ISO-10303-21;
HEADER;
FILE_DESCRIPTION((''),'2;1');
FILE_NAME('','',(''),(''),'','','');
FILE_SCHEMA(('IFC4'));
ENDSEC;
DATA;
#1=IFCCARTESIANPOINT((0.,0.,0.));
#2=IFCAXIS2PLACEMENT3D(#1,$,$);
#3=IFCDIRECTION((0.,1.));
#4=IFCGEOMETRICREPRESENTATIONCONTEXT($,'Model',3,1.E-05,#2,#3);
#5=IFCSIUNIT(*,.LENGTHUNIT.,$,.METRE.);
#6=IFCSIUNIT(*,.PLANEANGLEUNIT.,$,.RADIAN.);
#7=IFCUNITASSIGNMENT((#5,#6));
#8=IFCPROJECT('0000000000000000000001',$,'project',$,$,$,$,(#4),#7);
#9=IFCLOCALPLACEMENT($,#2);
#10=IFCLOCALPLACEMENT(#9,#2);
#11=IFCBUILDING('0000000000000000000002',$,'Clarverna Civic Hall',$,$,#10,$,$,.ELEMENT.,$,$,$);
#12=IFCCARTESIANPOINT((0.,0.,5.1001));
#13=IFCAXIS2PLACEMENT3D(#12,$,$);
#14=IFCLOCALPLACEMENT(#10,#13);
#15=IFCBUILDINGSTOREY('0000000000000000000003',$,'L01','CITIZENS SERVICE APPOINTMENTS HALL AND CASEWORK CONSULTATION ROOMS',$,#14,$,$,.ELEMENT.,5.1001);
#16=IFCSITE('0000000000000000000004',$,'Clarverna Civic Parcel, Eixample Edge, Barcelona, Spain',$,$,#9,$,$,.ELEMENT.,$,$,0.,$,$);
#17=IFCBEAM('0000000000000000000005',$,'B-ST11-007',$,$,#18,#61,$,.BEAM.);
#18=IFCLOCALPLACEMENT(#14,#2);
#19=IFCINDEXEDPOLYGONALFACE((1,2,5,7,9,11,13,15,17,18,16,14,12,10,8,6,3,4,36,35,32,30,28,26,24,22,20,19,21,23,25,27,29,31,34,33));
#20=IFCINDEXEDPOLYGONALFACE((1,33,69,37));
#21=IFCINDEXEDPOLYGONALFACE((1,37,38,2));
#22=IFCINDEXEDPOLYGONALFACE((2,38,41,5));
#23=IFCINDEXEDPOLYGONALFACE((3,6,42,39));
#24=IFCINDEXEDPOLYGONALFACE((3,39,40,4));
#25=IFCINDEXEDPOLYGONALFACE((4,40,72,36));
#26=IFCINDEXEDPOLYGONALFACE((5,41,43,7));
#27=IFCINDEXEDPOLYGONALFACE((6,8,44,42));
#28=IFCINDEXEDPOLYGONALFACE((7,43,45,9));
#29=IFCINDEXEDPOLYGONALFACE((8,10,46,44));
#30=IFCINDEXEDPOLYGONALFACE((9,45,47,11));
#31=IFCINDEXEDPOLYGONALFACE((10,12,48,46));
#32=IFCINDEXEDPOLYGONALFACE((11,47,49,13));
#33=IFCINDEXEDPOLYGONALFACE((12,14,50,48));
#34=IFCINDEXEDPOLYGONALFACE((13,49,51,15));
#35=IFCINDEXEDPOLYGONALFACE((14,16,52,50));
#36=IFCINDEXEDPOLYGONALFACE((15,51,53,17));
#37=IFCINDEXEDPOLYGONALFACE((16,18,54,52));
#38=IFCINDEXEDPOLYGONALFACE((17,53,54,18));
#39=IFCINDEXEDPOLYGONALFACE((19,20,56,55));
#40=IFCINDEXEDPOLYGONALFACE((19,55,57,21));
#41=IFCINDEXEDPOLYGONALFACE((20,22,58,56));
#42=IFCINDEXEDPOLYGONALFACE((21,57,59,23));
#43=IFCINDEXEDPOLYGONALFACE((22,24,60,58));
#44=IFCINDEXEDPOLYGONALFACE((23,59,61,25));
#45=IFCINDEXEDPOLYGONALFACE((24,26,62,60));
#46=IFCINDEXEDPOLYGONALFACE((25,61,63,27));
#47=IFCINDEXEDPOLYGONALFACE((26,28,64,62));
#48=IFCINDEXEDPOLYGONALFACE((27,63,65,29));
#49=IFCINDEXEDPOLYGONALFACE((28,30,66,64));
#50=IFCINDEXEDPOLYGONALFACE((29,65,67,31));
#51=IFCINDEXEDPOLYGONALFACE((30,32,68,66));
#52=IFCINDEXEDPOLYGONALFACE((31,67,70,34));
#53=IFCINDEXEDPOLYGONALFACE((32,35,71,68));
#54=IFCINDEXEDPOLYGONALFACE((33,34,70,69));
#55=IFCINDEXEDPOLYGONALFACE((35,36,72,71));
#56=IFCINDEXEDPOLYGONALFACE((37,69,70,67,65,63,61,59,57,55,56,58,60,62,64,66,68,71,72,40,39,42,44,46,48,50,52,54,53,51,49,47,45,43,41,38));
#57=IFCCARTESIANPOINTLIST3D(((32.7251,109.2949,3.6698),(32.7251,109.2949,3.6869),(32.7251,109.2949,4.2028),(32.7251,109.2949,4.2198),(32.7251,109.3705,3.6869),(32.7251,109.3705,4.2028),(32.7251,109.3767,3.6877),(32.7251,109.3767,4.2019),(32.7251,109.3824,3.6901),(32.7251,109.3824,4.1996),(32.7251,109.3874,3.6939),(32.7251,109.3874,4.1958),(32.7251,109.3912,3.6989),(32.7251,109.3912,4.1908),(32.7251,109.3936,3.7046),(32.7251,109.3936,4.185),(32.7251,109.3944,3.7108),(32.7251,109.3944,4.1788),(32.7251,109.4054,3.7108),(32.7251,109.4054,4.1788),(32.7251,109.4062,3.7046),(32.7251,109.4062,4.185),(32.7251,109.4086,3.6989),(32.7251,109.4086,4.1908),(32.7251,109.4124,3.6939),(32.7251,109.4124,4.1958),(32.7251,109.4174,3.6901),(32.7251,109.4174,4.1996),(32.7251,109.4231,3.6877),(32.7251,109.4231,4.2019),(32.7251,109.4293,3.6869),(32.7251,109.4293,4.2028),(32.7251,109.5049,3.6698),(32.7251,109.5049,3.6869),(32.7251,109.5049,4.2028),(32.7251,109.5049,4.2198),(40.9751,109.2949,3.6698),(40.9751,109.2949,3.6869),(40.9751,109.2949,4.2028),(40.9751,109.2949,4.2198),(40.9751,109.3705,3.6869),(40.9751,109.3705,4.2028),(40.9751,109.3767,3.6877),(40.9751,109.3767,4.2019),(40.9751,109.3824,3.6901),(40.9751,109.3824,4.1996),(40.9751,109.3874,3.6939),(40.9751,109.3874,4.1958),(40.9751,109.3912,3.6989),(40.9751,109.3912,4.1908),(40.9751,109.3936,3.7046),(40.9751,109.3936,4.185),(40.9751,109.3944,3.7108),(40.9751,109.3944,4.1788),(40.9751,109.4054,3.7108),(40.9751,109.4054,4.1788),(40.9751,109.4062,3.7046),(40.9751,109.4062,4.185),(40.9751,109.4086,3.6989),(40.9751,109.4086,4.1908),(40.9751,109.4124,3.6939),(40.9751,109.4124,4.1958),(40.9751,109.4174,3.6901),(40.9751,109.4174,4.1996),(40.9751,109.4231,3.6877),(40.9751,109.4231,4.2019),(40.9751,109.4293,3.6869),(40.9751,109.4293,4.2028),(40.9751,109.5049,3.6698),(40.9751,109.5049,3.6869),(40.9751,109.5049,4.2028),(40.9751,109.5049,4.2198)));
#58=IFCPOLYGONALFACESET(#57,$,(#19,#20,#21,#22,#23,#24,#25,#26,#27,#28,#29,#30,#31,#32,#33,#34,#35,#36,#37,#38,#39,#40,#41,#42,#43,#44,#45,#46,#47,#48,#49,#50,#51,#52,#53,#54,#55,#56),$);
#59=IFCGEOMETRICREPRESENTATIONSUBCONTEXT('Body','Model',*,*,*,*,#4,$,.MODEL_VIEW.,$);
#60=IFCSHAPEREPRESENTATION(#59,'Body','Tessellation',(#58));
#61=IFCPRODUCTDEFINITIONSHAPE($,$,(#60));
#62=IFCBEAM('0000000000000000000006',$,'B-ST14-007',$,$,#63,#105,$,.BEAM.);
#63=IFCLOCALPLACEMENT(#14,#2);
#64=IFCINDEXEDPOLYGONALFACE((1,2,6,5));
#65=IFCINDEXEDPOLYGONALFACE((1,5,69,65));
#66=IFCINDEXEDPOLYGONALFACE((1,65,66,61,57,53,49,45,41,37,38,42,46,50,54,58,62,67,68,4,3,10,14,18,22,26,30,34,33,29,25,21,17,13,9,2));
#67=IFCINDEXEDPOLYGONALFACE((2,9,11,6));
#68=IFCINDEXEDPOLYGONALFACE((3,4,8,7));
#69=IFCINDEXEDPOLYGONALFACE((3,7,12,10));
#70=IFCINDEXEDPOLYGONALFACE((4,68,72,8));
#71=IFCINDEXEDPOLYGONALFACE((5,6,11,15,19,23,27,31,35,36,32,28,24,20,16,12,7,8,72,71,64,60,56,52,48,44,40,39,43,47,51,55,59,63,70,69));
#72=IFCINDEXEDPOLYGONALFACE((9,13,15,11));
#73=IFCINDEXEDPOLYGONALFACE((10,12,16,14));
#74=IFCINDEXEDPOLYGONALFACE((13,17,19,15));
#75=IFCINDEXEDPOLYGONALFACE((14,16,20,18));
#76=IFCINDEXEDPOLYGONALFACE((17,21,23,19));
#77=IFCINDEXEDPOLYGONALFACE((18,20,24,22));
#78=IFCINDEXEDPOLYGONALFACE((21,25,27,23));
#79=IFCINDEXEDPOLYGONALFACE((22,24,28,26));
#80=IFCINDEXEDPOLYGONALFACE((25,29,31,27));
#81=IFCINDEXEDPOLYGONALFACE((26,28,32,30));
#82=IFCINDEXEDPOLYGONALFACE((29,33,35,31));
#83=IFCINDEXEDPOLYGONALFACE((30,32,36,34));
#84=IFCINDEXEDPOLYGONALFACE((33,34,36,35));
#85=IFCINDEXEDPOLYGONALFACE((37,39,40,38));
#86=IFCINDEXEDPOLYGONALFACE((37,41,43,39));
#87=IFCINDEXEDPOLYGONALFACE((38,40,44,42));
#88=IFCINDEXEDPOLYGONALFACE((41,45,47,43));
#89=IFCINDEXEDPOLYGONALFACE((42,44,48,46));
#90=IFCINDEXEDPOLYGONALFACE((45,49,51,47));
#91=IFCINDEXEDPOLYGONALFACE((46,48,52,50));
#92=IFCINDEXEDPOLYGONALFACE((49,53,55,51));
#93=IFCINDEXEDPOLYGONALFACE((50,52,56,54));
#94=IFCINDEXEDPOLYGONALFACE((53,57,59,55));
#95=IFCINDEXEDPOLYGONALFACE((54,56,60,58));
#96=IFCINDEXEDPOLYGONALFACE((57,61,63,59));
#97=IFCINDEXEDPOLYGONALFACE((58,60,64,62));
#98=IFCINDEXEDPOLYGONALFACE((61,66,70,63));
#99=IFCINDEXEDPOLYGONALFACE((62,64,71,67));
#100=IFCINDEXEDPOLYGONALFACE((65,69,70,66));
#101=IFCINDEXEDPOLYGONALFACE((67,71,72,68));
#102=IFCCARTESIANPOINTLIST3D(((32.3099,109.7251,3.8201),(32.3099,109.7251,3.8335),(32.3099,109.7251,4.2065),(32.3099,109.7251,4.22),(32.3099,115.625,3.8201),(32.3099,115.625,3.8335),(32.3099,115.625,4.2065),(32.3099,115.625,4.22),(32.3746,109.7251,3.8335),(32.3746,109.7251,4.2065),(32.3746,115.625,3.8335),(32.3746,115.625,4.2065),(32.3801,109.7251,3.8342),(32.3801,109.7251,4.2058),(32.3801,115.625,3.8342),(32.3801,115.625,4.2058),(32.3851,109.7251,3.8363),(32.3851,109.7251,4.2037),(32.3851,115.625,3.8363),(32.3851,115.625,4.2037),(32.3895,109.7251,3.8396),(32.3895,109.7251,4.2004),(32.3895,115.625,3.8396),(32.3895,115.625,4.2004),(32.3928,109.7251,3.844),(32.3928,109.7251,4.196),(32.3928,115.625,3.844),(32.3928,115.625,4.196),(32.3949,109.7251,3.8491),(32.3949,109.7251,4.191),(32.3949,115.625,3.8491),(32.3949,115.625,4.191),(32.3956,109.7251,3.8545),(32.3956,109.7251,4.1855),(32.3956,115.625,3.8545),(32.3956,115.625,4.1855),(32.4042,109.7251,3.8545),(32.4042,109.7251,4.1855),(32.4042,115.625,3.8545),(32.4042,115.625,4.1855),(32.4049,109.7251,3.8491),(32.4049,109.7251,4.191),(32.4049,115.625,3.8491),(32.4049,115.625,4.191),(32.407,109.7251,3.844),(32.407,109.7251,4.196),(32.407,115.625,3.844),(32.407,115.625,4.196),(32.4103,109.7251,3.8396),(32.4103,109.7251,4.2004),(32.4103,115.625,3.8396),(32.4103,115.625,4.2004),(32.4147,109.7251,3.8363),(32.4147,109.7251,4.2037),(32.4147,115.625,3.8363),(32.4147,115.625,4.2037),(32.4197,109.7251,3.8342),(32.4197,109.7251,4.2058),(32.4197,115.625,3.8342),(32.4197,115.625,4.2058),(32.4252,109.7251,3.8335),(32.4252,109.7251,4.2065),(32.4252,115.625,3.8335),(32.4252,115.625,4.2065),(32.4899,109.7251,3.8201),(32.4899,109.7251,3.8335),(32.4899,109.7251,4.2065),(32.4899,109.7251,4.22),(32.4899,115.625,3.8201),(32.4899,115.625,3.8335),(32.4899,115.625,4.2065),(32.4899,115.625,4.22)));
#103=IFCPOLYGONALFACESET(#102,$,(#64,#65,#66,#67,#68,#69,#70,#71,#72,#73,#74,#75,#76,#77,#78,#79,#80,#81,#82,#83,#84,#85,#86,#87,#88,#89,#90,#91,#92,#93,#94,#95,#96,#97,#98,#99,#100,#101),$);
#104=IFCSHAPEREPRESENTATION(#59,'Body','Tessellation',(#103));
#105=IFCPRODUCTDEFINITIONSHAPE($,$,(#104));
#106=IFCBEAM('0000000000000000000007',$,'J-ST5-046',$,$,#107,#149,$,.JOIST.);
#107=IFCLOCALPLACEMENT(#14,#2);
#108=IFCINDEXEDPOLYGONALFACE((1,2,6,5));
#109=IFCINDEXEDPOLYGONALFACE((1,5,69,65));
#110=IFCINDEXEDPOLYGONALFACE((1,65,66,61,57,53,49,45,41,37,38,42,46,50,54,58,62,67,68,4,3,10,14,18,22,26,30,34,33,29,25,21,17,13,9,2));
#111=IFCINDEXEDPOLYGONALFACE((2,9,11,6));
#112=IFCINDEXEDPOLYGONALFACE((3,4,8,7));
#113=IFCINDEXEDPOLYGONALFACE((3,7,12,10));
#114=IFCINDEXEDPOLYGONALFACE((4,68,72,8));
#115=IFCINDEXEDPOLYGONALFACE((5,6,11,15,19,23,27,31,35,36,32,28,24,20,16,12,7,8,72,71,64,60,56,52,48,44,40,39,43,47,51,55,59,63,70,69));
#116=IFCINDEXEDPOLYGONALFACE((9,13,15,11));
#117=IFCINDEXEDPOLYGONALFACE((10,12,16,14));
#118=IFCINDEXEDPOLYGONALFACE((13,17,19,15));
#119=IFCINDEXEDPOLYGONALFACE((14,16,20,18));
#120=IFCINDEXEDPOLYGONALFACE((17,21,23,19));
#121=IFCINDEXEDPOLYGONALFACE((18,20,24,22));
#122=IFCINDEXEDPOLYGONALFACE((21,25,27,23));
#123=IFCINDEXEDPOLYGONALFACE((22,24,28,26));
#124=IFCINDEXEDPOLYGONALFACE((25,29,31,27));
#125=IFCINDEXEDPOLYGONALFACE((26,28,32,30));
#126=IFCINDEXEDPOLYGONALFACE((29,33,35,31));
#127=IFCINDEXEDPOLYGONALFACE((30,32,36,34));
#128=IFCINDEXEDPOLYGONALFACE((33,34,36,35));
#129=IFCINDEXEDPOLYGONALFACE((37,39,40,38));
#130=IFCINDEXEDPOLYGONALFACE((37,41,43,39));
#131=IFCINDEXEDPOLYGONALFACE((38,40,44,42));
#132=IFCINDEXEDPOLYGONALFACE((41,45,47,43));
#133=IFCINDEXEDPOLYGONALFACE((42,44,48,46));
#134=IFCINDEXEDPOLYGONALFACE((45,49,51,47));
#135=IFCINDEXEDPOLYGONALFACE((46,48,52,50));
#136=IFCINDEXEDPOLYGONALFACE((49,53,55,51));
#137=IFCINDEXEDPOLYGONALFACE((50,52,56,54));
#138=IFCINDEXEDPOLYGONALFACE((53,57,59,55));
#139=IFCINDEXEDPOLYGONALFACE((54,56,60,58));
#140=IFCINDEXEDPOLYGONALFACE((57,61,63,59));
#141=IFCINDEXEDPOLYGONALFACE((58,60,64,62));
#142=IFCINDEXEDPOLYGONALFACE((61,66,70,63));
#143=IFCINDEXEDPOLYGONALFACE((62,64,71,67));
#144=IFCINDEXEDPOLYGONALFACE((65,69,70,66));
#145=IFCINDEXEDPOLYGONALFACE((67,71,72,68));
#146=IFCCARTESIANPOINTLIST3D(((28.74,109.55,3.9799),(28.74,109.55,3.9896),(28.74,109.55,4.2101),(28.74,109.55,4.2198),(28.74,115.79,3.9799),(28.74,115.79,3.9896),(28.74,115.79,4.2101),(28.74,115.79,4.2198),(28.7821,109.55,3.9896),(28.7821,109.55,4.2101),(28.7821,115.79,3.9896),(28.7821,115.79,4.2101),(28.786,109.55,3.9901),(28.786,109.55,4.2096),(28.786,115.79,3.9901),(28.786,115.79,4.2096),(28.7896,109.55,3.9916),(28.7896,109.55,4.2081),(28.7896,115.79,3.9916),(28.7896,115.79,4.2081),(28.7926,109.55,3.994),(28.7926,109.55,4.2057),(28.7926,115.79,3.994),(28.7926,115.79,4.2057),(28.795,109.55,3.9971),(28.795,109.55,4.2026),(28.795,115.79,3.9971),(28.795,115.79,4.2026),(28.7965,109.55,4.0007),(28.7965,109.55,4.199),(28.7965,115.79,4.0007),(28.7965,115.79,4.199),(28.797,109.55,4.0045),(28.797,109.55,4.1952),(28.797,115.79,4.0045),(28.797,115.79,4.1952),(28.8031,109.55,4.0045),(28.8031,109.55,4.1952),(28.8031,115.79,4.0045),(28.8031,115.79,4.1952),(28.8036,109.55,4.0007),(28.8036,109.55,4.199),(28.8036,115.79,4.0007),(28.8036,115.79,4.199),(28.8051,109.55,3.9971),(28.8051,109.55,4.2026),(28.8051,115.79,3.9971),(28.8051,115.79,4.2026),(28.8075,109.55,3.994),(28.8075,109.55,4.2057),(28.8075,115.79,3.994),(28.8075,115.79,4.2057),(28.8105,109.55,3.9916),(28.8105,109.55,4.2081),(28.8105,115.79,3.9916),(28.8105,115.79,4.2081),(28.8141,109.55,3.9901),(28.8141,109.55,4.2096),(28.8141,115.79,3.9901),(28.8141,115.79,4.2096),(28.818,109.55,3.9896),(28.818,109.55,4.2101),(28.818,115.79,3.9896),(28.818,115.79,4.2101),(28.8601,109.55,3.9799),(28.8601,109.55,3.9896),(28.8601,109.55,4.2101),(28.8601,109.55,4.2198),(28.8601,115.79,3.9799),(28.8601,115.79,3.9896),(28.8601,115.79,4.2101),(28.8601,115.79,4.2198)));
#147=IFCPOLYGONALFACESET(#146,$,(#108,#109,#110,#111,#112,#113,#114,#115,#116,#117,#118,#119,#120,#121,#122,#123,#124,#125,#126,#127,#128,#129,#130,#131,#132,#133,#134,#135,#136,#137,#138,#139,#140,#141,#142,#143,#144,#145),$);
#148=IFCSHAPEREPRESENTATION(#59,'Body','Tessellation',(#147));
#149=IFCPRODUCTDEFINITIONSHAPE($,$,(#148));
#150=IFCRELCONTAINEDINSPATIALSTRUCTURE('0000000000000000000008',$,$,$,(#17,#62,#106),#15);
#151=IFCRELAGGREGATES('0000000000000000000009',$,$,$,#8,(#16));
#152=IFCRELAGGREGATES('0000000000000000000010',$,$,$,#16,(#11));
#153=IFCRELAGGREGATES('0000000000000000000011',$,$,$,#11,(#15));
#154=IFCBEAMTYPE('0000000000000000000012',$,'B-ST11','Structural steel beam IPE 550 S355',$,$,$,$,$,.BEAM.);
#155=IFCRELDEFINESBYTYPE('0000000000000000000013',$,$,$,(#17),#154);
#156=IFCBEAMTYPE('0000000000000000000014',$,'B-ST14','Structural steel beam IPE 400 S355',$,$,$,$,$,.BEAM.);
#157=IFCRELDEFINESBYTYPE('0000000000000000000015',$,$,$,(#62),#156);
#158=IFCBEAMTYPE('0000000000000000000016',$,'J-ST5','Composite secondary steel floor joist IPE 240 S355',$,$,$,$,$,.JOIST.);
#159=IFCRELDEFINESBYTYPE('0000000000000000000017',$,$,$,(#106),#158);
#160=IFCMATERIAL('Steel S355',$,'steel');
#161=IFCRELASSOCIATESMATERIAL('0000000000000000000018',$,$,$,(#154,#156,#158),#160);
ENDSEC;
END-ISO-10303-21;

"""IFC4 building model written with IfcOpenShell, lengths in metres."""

from ifc_helpers import new_model, si_unit, direction, frame, origin, origin_2d, place, context, subcontext, project, spatial, i_section, extrude, material, material_profile, profile_set, type_object, element, save


model = new_model("IFC4")

# Units and contexts
model_context = context("Model", 3, precision=1e-05, world=origin(), true_north=direction((0.0, 1.0)))
body_context = subcontext(model_context, "Body", "Model", "MODEL_VIEW")
ifc_project = project(units=[si_unit("LENGTHUNIT", "METRE"), si_unit("PLANEANGLEUNIT", "RADIAN")], contexts=[model_context])

# Site, building, storey
site_placement = place(None, origin())
site = spatial("IfcSite", under=ifc_project, at=site_placement, Name="Clarverna Civic Parcel, Eixample Edge, Barcelona, Spain", CompositionType="ELEMENT", RefElevation=0.0)
building_placement = place(site_placement, origin())
building = spatial("IfcBuilding", under=site, at=building_placement, Name="Clarverna Civic Hall", CompositionType="ELEMENT")
storey_placement = place(building_placement, frame((0.0, 0.0, 5.1001)))
storey = spatial("IfcBuildingStorey", under=building, at=storey_placement, Name="L01", Description="CITIZENS SERVICE APPOINTMENTS HALL AND CASEWORK CONSULTATION ROOMS", CompositionType="ELEMENT", Elevation=5.1001)

# Beams
ifc_material_1 = material(Name="Steel S355", Category="steel")
ifc_material_profile_1 = material_profile(ifc_material_1, i_section(OverallWidth=0.21, OverallDepth=0.55, WebThickness=0.011, FlangeThickness=0.0171, FilletRadius=0.0239, at=origin_2d()), Name="IPE 550")
ifc_profile_set_1 = profile_set([ifc_material_profile_1], Name="Steel S355")
beam_type_1 = type_object("IfcBeamType", Name="B-ST11", Description="Structural steel beam IPE 550 S355", PredefinedType="BEAM", material=ifc_profile_set_1)
beam_1_placement = place(storey_placement, frame((32.7251, 109.3999, 3.9448), z_axis=(1.0, 0.0, 0.0), x_axis=(0.0, 1.0, 0.0)))
element("IfcBeam", 1, at=beam_1_placement, inside=storey, type_object=beam_type_1, Name="B-ST11-007", PredefinedType="BEAM", context=body_context, shape_type="SweptSolid", body=[
    extrude(i_section(OverallWidth=0.21, OverallDepth=0.55, WebThickness=0.011, FlangeThickness=0.0171, FilletRadius=0.0239, at=origin_2d()), origin(), (0.0, 0.0, 1.0), 8.25),
])
ifc_material_profile_2 = material_profile(ifc_material_1, i_section(OverallWidth=0.1799, OverallDepth=0.3999, WebThickness=0.0085, FlangeThickness=0.0134, FilletRadius=0.021, at=origin_2d()), Name="IPE 400")
ifc_profile_set_2 = profile_set([ifc_material_profile_2], Name="Steel S355")
beam_type_2 = type_object("IfcBeamType", Name="B-ST14", Description="Structural steel beam IPE 400 S355", PredefinedType="BEAM", material=ifc_profile_set_2)
beam_2_placement = place(storey_placement, frame((32.3999, 109.7251, 4.02), z_axis=(0.0, 1.0, 0.0), x_axis=(-1.0, 0.0, 0.0)))
element("IfcBeam", 2, at=beam_2_placement, inside=storey, type_object=beam_type_2, Name="B-ST14-007", PredefinedType="BEAM", context=body_context, shape_type="SweptSolid", body=[
    extrude(i_section(OverallWidth=0.1799, OverallDepth=0.3999, WebThickness=0.0085, FlangeThickness=0.0134, FilletRadius=0.021, at=origin_2d()), origin(), (0.0, 0.0, 1.0), 5.8999),
])
ifc_material_profile_3 = material_profile(ifc_material_1, i_section(OverallWidth=0.1201, OverallDepth=0.24, WebThickness=0.0061, FlangeThickness=0.0098, FilletRadius=0.0149, at=origin_2d()), Name="IPE 240")
ifc_profile_set_3 = profile_set([ifc_material_profile_3], Name="Steel S355")
beam_type_3 = type_object("IfcBeamType", Name="J-ST5", Description="Composite secondary steel floor joist IPE 240 S355", PredefinedType="JOIST", material=ifc_profile_set_3)
beam_3_placement = place(storey_placement, frame((28.8, 109.55, 4.0999), z_axis=(0.0, 1.0, 0.0), x_axis=(-1.0, 0.0, 0.0)))
element("IfcBeam", 3, at=beam_3_placement, inside=storey, type_object=beam_type_3, Name="J-ST5-046", PredefinedType="JOIST", context=body_context, shape_type="SweptSolid", body=[
    extrude(i_section(OverallWidth=0.1201, OverallDepth=0.24, WebThickness=0.0061, FlangeThickness=0.0098, FilletRadius=0.0149, at=origin_2d()), origin(), (0.0, 0.0, 1.0), 6.24),
])

save(model, "model.ifc")
